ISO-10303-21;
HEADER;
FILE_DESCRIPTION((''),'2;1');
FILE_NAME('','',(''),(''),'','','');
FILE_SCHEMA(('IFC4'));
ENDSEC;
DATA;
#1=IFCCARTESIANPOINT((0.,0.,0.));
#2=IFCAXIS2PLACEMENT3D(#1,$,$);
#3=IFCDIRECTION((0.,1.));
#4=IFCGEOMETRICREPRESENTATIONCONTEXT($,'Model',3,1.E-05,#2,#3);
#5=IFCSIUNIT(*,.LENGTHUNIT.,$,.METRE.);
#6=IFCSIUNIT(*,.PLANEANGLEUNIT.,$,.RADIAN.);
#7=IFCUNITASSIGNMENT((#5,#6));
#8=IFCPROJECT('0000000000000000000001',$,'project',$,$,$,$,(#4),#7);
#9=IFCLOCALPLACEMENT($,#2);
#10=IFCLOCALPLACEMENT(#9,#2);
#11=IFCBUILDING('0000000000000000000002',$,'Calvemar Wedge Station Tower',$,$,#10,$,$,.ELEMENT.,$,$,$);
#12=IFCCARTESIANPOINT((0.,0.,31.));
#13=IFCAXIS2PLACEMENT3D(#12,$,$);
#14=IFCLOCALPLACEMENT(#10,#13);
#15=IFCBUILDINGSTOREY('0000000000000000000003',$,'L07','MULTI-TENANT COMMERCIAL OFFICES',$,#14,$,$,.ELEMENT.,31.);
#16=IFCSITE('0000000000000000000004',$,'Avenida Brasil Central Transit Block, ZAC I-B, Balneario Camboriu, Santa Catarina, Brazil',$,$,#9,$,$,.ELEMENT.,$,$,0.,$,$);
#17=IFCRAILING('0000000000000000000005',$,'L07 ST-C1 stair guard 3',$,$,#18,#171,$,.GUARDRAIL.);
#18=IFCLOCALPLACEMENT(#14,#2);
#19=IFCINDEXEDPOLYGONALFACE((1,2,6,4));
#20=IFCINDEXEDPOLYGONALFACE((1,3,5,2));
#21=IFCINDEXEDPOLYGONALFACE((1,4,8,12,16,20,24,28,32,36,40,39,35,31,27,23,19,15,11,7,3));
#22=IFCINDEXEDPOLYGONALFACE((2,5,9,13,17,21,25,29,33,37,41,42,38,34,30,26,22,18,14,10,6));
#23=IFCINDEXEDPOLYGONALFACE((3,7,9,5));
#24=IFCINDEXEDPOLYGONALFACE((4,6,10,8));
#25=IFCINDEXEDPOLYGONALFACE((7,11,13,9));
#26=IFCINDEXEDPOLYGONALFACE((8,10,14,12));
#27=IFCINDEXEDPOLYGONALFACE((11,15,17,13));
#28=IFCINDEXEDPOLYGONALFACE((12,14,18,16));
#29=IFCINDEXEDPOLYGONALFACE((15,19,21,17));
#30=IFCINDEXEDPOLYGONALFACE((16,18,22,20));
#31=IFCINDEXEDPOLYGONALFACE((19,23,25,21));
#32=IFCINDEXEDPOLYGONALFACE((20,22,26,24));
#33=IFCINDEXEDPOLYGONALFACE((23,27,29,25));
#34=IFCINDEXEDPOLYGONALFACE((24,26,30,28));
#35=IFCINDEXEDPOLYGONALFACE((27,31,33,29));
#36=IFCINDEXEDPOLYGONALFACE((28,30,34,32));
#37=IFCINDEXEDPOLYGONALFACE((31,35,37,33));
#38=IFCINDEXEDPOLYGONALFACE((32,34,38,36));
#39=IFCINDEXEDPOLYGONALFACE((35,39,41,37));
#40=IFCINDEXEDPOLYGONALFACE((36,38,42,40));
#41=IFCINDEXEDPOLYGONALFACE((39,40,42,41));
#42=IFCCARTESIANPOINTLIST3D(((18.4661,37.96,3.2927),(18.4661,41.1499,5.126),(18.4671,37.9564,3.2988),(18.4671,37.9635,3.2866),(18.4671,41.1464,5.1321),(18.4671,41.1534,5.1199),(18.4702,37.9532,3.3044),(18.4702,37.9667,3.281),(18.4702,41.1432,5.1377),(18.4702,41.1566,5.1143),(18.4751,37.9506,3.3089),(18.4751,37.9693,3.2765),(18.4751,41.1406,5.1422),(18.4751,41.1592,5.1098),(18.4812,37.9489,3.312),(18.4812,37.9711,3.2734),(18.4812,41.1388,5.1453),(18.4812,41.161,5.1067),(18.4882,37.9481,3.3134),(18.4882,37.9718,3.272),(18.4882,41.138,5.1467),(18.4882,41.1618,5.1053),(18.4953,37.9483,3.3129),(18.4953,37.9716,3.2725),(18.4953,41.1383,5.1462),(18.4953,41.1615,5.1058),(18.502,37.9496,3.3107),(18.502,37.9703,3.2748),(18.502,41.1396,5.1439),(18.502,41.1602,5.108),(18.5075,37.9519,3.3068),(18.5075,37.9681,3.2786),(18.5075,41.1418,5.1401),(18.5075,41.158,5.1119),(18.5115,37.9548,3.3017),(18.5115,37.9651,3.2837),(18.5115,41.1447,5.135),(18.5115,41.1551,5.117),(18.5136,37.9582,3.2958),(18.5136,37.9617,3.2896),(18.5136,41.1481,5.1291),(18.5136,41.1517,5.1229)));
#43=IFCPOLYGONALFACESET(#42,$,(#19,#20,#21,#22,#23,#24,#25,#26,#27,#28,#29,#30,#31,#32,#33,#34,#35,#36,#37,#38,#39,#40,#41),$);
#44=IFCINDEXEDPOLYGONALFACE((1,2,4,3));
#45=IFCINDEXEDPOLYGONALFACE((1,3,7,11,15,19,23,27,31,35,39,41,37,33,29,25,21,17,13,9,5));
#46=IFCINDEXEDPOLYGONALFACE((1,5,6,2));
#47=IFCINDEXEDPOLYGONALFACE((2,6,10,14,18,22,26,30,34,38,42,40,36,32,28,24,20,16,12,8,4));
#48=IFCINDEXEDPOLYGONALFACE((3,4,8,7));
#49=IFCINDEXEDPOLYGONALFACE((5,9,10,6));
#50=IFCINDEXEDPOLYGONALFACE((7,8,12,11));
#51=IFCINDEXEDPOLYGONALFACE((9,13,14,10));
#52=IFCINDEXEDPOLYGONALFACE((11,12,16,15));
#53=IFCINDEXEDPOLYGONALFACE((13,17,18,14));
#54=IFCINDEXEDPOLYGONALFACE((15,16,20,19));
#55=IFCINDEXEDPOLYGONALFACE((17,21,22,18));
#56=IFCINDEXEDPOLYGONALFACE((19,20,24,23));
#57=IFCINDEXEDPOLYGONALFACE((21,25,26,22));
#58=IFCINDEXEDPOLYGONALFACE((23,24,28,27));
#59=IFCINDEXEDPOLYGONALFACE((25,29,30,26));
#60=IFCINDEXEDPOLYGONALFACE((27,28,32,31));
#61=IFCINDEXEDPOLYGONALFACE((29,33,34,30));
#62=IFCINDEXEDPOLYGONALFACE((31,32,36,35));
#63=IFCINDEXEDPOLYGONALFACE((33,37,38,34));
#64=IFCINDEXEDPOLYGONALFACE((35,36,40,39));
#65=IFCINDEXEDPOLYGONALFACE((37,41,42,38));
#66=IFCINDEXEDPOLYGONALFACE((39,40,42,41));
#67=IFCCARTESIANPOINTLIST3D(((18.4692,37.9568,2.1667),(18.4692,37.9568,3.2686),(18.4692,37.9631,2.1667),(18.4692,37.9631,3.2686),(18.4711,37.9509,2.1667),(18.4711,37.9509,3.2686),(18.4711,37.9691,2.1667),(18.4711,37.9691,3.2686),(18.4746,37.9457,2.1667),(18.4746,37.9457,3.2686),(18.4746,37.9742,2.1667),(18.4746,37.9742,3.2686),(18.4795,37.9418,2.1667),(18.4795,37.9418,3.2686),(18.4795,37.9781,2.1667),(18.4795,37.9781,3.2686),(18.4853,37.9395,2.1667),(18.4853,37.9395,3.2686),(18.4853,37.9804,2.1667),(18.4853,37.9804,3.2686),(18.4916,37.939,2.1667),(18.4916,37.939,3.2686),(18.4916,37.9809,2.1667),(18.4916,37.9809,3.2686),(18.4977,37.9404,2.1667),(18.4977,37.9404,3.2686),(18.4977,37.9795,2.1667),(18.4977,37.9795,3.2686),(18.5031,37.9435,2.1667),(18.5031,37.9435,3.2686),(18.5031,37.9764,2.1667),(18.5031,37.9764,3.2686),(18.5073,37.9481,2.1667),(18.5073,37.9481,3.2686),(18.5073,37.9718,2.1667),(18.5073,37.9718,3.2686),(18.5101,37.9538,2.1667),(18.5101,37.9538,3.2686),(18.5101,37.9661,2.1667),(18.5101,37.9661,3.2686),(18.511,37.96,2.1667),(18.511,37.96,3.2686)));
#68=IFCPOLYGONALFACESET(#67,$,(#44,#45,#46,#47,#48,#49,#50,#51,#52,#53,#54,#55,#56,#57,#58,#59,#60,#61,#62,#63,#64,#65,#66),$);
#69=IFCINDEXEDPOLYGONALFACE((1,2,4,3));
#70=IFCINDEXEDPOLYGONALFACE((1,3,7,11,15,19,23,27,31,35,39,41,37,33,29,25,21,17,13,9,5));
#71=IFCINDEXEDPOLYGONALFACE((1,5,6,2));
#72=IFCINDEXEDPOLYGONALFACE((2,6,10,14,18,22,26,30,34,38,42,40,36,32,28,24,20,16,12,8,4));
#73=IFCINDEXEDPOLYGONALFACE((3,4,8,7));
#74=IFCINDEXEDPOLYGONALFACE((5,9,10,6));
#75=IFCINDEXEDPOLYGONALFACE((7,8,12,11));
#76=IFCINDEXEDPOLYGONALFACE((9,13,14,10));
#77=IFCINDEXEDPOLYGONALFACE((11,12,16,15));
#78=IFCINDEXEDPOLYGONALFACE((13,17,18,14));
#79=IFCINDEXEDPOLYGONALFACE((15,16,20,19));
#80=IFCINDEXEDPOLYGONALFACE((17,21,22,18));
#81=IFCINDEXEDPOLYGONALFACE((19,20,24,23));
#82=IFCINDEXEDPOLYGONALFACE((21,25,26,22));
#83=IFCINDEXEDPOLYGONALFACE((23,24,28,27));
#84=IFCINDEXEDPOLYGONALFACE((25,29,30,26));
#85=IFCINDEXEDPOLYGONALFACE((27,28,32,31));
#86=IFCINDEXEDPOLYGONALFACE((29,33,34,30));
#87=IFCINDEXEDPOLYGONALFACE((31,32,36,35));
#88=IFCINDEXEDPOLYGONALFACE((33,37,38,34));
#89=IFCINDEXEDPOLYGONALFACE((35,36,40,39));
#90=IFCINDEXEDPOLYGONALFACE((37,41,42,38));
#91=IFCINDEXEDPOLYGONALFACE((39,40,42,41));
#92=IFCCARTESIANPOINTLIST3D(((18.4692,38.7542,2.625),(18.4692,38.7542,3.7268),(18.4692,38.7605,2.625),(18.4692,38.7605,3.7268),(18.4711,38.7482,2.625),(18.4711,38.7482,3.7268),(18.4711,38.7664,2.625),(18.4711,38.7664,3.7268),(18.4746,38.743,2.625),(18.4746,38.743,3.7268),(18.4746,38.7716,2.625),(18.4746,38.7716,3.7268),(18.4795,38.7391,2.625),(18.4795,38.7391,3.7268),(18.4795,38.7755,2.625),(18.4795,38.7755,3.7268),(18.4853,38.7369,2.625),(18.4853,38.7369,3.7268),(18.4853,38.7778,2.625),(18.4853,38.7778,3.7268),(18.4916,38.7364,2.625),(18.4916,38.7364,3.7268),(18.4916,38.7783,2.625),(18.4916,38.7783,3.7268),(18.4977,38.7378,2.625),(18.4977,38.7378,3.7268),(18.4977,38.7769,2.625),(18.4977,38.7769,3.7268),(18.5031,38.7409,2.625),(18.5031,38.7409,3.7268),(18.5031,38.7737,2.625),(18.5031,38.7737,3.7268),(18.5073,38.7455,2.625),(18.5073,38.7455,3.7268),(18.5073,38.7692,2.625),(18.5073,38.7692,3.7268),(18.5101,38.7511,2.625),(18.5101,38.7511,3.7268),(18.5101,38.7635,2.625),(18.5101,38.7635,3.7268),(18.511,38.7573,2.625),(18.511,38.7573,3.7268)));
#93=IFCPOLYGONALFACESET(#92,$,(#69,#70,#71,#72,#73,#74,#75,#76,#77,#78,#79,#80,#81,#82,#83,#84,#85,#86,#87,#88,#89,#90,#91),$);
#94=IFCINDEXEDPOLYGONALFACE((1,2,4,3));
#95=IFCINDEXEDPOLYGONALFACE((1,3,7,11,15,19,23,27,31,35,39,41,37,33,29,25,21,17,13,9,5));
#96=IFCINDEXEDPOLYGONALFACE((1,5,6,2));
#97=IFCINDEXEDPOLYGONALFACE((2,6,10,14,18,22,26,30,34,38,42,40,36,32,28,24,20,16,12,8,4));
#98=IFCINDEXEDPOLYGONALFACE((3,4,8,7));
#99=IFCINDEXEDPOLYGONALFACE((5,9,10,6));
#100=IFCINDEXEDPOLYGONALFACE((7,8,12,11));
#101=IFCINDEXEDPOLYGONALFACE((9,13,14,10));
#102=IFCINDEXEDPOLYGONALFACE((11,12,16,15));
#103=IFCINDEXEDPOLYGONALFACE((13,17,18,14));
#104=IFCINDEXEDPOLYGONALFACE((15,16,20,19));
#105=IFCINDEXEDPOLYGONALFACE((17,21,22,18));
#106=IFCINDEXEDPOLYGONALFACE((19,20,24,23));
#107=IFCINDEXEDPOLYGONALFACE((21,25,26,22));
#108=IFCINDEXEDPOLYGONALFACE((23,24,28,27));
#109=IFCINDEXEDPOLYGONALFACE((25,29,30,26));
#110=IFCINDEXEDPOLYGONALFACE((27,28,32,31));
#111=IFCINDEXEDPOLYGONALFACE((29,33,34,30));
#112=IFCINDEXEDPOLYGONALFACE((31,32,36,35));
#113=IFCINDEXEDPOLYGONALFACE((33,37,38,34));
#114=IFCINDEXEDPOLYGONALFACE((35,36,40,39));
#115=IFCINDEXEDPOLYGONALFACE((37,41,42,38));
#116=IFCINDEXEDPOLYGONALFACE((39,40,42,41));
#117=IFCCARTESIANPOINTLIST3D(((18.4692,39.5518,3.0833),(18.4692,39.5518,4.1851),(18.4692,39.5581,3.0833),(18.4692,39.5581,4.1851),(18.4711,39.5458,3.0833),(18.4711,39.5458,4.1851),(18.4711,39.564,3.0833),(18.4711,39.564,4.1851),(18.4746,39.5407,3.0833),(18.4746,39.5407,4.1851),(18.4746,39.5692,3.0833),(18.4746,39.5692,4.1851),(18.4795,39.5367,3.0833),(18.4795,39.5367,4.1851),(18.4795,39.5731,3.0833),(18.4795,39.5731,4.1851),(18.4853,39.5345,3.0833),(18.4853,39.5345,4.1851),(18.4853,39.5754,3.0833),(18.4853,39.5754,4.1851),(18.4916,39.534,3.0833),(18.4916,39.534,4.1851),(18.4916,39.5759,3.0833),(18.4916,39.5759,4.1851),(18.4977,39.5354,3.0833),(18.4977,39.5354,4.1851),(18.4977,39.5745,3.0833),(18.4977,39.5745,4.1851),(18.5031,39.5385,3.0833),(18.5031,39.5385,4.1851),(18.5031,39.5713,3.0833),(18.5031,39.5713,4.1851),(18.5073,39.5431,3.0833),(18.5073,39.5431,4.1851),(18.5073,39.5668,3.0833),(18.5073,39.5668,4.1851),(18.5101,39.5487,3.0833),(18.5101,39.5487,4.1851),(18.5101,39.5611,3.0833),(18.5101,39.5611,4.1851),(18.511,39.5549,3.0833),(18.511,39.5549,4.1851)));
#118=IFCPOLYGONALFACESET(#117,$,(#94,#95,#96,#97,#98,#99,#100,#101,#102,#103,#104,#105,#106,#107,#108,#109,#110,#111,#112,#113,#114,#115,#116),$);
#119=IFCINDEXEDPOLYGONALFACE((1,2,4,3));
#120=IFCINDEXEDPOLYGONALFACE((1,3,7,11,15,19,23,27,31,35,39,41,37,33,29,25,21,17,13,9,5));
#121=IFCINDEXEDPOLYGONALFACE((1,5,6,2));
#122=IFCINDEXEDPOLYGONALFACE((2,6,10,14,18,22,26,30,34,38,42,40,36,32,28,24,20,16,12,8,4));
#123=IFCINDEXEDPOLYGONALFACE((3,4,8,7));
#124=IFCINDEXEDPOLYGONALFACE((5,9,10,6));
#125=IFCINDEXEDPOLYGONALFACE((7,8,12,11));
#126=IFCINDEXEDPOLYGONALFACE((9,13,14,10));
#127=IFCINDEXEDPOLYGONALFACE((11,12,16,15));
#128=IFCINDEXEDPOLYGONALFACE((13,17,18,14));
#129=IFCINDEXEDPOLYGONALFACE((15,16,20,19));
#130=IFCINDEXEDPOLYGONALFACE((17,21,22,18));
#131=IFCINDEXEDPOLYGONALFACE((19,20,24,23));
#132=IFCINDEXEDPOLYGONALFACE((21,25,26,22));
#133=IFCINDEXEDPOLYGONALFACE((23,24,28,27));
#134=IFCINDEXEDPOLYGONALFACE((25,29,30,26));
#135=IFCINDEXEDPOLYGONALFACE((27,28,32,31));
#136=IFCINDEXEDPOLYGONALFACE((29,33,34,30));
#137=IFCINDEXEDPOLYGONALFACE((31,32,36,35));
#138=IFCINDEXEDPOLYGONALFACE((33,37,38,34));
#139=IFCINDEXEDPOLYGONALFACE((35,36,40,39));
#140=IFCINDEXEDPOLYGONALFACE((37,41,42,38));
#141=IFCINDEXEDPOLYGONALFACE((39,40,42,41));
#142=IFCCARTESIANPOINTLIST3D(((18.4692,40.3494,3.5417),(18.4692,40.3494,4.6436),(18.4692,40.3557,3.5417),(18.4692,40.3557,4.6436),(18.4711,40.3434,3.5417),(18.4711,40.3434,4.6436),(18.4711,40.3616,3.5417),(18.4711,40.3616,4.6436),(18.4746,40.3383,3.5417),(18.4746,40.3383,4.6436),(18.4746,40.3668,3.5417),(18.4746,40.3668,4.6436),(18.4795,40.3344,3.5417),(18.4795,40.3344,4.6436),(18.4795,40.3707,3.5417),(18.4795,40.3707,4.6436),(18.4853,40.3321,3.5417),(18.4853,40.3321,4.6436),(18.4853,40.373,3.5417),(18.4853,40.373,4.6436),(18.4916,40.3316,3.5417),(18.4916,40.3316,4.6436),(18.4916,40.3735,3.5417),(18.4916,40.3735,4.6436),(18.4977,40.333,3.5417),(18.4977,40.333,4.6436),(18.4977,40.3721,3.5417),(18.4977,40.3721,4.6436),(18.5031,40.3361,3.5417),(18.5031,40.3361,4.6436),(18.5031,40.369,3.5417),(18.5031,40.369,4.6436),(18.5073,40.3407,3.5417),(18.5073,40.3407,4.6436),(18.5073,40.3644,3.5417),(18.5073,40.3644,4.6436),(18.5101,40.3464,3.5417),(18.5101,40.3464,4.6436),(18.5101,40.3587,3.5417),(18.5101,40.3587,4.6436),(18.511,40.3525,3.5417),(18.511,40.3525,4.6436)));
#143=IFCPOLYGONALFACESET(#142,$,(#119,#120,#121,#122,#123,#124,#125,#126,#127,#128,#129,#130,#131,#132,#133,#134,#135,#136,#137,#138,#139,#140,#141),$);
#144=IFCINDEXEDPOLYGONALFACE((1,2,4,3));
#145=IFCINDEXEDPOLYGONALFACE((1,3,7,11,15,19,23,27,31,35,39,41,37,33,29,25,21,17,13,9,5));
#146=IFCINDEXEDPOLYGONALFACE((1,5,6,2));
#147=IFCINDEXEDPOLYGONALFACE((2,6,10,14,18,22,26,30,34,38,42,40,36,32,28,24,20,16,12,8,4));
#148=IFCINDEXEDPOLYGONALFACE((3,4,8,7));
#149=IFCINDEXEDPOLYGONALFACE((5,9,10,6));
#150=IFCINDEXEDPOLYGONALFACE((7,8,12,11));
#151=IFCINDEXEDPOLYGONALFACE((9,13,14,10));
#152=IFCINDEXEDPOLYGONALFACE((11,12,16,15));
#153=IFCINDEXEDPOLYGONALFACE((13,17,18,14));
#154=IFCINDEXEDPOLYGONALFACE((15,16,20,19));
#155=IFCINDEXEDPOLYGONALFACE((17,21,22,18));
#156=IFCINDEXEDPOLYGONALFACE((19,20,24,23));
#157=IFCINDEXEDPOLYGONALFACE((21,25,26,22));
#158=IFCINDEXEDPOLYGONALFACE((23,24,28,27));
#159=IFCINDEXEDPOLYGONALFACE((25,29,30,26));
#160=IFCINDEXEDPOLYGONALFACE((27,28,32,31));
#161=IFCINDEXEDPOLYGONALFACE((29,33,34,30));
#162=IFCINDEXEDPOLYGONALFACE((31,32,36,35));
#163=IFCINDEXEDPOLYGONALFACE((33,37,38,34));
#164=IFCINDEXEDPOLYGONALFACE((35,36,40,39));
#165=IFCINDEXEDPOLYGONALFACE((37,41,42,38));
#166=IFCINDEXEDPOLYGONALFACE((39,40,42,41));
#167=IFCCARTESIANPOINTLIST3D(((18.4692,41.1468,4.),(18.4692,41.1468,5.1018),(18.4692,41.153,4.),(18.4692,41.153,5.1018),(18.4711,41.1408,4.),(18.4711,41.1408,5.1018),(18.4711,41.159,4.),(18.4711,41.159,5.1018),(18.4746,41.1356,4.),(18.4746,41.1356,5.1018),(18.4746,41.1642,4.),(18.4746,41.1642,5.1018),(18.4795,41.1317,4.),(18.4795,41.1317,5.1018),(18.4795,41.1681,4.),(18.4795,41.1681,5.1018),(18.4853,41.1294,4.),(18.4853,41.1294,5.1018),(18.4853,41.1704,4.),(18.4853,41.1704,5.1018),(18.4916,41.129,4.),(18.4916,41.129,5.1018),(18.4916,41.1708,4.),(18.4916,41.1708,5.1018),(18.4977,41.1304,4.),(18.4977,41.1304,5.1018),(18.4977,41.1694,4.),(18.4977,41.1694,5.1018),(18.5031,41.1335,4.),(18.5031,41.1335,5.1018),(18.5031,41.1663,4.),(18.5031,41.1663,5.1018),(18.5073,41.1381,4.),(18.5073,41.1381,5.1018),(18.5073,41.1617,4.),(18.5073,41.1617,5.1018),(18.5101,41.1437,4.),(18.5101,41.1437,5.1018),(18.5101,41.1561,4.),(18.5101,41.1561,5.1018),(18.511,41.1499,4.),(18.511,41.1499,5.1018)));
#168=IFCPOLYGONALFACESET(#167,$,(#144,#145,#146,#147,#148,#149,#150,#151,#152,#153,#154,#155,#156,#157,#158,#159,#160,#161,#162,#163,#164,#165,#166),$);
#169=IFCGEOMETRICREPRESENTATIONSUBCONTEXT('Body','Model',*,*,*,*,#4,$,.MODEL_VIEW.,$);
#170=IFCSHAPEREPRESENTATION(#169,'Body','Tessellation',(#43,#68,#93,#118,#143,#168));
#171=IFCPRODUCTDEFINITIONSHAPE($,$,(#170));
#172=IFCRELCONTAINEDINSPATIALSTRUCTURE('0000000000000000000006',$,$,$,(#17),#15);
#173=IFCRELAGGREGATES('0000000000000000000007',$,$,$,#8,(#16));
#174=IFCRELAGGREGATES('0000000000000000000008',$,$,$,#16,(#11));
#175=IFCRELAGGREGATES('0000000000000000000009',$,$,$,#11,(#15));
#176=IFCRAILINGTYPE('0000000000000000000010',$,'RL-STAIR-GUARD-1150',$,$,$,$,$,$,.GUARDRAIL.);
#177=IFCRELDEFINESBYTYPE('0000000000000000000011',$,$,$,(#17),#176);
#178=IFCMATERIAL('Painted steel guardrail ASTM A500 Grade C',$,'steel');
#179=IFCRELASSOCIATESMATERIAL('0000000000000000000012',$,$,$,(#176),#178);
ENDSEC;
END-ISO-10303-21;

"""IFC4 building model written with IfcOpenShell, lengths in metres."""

from ifc_helpers import new_model, si_unit, direction, frame, origin, origin_2d, place, context, subcontext, project, spatial, circle, extrude, material, type_object, element, save


model = new_model("IFC4")

# Units and contexts
model_context = context("Model", 3, precision=1e-05, world=origin(), true_north=direction((0.0, 1.0)))
body_context = subcontext(model_context, "Body", "Model", "MODEL_VIEW")
ifc_project = project(units=[si_unit("LENGTHUNIT", "METRE"), si_unit("PLANEANGLEUNIT", "RADIAN")], contexts=[model_context])

# Site, building, storey
site_placement = place(None, origin())
site = spatial("IfcSite", under=ifc_project, at=site_placement, Name="Avenida Brasil Central Transit Block, ZAC I-B, Balneario Camboriu, Santa Catarina, Brazil", CompositionType="ELEMENT", RefElevation=0.0)
building_placement = place(site_placement, origin())
building = spatial("IfcBuilding", under=site, at=building_placement, Name="Calvemar Wedge Station Tower", CompositionType="ELEMENT")
storey_placement = place(building_placement, frame((0.0, 0.0, 31.0)))
storey = spatial("IfcBuildingStorey", under=building, at=storey_placement, Name="L07", Description="MULTI-TENANT COMMERCIAL OFFICES", CompositionType="ELEMENT", Elevation=31.0)

# Railing
ifc_material_1 = material(Name="Painted steel guardrail ASTM A500 Grade C", Category="steel")
railing_type_1 = type_object("IfcRailingType", Name="RL-STAIR-GUARD-1150", PredefinedType="GUARDRAIL", material=ifc_material_1)
railing_1_placement = place(storey_placement, frame((18.49, 37.96, 2.1667)))
element("IfcRailing", 1, at=railing_1_placement, inside=storey, type_object=railing_type_1, Name="L07 ST-C1 stair guard 3", PredefinedType="GUARDRAIL", context=body_context, shape_type="SweptSolid", body=[
    extrude(circle(Radius=0.0239, at=origin_2d()), frame((0.0, 0.0, 1.126), z_axis=(0.0, 0.86702, 0.498274), x_axis=(-1.0, 0.0, 0.0)), (0.0, 0.0, 1.0), 3.6792),
    extrude(circle(Radius=0.021, at=origin_2d()), origin(), (0.0, 0.0, 1.0), 1.1018),
    extrude(circle(Radius=0.021, at=origin_2d()), frame((0.0, 0.7974, 0.4583)), (0.0, 0.0, 1.0), 1.1018),
    extrude(circle(Radius=0.021, at=origin_2d()), frame((0.0, 1.595, 0.9165)), (0.0, 0.0, 1.0), 1.1018),
    extrude(circle(Radius=0.021, at=origin_2d()), frame((0.0, 2.3926, 1.375)), (0.0, 0.0, 1.0), 1.1018),
    extrude(circle(Radius=0.021, at=origin_2d()), frame((0.0, 3.1899, 1.8333)), (0.0, 0.0, 1.0), 1.1018),
])

save(model, "model.ifc")
